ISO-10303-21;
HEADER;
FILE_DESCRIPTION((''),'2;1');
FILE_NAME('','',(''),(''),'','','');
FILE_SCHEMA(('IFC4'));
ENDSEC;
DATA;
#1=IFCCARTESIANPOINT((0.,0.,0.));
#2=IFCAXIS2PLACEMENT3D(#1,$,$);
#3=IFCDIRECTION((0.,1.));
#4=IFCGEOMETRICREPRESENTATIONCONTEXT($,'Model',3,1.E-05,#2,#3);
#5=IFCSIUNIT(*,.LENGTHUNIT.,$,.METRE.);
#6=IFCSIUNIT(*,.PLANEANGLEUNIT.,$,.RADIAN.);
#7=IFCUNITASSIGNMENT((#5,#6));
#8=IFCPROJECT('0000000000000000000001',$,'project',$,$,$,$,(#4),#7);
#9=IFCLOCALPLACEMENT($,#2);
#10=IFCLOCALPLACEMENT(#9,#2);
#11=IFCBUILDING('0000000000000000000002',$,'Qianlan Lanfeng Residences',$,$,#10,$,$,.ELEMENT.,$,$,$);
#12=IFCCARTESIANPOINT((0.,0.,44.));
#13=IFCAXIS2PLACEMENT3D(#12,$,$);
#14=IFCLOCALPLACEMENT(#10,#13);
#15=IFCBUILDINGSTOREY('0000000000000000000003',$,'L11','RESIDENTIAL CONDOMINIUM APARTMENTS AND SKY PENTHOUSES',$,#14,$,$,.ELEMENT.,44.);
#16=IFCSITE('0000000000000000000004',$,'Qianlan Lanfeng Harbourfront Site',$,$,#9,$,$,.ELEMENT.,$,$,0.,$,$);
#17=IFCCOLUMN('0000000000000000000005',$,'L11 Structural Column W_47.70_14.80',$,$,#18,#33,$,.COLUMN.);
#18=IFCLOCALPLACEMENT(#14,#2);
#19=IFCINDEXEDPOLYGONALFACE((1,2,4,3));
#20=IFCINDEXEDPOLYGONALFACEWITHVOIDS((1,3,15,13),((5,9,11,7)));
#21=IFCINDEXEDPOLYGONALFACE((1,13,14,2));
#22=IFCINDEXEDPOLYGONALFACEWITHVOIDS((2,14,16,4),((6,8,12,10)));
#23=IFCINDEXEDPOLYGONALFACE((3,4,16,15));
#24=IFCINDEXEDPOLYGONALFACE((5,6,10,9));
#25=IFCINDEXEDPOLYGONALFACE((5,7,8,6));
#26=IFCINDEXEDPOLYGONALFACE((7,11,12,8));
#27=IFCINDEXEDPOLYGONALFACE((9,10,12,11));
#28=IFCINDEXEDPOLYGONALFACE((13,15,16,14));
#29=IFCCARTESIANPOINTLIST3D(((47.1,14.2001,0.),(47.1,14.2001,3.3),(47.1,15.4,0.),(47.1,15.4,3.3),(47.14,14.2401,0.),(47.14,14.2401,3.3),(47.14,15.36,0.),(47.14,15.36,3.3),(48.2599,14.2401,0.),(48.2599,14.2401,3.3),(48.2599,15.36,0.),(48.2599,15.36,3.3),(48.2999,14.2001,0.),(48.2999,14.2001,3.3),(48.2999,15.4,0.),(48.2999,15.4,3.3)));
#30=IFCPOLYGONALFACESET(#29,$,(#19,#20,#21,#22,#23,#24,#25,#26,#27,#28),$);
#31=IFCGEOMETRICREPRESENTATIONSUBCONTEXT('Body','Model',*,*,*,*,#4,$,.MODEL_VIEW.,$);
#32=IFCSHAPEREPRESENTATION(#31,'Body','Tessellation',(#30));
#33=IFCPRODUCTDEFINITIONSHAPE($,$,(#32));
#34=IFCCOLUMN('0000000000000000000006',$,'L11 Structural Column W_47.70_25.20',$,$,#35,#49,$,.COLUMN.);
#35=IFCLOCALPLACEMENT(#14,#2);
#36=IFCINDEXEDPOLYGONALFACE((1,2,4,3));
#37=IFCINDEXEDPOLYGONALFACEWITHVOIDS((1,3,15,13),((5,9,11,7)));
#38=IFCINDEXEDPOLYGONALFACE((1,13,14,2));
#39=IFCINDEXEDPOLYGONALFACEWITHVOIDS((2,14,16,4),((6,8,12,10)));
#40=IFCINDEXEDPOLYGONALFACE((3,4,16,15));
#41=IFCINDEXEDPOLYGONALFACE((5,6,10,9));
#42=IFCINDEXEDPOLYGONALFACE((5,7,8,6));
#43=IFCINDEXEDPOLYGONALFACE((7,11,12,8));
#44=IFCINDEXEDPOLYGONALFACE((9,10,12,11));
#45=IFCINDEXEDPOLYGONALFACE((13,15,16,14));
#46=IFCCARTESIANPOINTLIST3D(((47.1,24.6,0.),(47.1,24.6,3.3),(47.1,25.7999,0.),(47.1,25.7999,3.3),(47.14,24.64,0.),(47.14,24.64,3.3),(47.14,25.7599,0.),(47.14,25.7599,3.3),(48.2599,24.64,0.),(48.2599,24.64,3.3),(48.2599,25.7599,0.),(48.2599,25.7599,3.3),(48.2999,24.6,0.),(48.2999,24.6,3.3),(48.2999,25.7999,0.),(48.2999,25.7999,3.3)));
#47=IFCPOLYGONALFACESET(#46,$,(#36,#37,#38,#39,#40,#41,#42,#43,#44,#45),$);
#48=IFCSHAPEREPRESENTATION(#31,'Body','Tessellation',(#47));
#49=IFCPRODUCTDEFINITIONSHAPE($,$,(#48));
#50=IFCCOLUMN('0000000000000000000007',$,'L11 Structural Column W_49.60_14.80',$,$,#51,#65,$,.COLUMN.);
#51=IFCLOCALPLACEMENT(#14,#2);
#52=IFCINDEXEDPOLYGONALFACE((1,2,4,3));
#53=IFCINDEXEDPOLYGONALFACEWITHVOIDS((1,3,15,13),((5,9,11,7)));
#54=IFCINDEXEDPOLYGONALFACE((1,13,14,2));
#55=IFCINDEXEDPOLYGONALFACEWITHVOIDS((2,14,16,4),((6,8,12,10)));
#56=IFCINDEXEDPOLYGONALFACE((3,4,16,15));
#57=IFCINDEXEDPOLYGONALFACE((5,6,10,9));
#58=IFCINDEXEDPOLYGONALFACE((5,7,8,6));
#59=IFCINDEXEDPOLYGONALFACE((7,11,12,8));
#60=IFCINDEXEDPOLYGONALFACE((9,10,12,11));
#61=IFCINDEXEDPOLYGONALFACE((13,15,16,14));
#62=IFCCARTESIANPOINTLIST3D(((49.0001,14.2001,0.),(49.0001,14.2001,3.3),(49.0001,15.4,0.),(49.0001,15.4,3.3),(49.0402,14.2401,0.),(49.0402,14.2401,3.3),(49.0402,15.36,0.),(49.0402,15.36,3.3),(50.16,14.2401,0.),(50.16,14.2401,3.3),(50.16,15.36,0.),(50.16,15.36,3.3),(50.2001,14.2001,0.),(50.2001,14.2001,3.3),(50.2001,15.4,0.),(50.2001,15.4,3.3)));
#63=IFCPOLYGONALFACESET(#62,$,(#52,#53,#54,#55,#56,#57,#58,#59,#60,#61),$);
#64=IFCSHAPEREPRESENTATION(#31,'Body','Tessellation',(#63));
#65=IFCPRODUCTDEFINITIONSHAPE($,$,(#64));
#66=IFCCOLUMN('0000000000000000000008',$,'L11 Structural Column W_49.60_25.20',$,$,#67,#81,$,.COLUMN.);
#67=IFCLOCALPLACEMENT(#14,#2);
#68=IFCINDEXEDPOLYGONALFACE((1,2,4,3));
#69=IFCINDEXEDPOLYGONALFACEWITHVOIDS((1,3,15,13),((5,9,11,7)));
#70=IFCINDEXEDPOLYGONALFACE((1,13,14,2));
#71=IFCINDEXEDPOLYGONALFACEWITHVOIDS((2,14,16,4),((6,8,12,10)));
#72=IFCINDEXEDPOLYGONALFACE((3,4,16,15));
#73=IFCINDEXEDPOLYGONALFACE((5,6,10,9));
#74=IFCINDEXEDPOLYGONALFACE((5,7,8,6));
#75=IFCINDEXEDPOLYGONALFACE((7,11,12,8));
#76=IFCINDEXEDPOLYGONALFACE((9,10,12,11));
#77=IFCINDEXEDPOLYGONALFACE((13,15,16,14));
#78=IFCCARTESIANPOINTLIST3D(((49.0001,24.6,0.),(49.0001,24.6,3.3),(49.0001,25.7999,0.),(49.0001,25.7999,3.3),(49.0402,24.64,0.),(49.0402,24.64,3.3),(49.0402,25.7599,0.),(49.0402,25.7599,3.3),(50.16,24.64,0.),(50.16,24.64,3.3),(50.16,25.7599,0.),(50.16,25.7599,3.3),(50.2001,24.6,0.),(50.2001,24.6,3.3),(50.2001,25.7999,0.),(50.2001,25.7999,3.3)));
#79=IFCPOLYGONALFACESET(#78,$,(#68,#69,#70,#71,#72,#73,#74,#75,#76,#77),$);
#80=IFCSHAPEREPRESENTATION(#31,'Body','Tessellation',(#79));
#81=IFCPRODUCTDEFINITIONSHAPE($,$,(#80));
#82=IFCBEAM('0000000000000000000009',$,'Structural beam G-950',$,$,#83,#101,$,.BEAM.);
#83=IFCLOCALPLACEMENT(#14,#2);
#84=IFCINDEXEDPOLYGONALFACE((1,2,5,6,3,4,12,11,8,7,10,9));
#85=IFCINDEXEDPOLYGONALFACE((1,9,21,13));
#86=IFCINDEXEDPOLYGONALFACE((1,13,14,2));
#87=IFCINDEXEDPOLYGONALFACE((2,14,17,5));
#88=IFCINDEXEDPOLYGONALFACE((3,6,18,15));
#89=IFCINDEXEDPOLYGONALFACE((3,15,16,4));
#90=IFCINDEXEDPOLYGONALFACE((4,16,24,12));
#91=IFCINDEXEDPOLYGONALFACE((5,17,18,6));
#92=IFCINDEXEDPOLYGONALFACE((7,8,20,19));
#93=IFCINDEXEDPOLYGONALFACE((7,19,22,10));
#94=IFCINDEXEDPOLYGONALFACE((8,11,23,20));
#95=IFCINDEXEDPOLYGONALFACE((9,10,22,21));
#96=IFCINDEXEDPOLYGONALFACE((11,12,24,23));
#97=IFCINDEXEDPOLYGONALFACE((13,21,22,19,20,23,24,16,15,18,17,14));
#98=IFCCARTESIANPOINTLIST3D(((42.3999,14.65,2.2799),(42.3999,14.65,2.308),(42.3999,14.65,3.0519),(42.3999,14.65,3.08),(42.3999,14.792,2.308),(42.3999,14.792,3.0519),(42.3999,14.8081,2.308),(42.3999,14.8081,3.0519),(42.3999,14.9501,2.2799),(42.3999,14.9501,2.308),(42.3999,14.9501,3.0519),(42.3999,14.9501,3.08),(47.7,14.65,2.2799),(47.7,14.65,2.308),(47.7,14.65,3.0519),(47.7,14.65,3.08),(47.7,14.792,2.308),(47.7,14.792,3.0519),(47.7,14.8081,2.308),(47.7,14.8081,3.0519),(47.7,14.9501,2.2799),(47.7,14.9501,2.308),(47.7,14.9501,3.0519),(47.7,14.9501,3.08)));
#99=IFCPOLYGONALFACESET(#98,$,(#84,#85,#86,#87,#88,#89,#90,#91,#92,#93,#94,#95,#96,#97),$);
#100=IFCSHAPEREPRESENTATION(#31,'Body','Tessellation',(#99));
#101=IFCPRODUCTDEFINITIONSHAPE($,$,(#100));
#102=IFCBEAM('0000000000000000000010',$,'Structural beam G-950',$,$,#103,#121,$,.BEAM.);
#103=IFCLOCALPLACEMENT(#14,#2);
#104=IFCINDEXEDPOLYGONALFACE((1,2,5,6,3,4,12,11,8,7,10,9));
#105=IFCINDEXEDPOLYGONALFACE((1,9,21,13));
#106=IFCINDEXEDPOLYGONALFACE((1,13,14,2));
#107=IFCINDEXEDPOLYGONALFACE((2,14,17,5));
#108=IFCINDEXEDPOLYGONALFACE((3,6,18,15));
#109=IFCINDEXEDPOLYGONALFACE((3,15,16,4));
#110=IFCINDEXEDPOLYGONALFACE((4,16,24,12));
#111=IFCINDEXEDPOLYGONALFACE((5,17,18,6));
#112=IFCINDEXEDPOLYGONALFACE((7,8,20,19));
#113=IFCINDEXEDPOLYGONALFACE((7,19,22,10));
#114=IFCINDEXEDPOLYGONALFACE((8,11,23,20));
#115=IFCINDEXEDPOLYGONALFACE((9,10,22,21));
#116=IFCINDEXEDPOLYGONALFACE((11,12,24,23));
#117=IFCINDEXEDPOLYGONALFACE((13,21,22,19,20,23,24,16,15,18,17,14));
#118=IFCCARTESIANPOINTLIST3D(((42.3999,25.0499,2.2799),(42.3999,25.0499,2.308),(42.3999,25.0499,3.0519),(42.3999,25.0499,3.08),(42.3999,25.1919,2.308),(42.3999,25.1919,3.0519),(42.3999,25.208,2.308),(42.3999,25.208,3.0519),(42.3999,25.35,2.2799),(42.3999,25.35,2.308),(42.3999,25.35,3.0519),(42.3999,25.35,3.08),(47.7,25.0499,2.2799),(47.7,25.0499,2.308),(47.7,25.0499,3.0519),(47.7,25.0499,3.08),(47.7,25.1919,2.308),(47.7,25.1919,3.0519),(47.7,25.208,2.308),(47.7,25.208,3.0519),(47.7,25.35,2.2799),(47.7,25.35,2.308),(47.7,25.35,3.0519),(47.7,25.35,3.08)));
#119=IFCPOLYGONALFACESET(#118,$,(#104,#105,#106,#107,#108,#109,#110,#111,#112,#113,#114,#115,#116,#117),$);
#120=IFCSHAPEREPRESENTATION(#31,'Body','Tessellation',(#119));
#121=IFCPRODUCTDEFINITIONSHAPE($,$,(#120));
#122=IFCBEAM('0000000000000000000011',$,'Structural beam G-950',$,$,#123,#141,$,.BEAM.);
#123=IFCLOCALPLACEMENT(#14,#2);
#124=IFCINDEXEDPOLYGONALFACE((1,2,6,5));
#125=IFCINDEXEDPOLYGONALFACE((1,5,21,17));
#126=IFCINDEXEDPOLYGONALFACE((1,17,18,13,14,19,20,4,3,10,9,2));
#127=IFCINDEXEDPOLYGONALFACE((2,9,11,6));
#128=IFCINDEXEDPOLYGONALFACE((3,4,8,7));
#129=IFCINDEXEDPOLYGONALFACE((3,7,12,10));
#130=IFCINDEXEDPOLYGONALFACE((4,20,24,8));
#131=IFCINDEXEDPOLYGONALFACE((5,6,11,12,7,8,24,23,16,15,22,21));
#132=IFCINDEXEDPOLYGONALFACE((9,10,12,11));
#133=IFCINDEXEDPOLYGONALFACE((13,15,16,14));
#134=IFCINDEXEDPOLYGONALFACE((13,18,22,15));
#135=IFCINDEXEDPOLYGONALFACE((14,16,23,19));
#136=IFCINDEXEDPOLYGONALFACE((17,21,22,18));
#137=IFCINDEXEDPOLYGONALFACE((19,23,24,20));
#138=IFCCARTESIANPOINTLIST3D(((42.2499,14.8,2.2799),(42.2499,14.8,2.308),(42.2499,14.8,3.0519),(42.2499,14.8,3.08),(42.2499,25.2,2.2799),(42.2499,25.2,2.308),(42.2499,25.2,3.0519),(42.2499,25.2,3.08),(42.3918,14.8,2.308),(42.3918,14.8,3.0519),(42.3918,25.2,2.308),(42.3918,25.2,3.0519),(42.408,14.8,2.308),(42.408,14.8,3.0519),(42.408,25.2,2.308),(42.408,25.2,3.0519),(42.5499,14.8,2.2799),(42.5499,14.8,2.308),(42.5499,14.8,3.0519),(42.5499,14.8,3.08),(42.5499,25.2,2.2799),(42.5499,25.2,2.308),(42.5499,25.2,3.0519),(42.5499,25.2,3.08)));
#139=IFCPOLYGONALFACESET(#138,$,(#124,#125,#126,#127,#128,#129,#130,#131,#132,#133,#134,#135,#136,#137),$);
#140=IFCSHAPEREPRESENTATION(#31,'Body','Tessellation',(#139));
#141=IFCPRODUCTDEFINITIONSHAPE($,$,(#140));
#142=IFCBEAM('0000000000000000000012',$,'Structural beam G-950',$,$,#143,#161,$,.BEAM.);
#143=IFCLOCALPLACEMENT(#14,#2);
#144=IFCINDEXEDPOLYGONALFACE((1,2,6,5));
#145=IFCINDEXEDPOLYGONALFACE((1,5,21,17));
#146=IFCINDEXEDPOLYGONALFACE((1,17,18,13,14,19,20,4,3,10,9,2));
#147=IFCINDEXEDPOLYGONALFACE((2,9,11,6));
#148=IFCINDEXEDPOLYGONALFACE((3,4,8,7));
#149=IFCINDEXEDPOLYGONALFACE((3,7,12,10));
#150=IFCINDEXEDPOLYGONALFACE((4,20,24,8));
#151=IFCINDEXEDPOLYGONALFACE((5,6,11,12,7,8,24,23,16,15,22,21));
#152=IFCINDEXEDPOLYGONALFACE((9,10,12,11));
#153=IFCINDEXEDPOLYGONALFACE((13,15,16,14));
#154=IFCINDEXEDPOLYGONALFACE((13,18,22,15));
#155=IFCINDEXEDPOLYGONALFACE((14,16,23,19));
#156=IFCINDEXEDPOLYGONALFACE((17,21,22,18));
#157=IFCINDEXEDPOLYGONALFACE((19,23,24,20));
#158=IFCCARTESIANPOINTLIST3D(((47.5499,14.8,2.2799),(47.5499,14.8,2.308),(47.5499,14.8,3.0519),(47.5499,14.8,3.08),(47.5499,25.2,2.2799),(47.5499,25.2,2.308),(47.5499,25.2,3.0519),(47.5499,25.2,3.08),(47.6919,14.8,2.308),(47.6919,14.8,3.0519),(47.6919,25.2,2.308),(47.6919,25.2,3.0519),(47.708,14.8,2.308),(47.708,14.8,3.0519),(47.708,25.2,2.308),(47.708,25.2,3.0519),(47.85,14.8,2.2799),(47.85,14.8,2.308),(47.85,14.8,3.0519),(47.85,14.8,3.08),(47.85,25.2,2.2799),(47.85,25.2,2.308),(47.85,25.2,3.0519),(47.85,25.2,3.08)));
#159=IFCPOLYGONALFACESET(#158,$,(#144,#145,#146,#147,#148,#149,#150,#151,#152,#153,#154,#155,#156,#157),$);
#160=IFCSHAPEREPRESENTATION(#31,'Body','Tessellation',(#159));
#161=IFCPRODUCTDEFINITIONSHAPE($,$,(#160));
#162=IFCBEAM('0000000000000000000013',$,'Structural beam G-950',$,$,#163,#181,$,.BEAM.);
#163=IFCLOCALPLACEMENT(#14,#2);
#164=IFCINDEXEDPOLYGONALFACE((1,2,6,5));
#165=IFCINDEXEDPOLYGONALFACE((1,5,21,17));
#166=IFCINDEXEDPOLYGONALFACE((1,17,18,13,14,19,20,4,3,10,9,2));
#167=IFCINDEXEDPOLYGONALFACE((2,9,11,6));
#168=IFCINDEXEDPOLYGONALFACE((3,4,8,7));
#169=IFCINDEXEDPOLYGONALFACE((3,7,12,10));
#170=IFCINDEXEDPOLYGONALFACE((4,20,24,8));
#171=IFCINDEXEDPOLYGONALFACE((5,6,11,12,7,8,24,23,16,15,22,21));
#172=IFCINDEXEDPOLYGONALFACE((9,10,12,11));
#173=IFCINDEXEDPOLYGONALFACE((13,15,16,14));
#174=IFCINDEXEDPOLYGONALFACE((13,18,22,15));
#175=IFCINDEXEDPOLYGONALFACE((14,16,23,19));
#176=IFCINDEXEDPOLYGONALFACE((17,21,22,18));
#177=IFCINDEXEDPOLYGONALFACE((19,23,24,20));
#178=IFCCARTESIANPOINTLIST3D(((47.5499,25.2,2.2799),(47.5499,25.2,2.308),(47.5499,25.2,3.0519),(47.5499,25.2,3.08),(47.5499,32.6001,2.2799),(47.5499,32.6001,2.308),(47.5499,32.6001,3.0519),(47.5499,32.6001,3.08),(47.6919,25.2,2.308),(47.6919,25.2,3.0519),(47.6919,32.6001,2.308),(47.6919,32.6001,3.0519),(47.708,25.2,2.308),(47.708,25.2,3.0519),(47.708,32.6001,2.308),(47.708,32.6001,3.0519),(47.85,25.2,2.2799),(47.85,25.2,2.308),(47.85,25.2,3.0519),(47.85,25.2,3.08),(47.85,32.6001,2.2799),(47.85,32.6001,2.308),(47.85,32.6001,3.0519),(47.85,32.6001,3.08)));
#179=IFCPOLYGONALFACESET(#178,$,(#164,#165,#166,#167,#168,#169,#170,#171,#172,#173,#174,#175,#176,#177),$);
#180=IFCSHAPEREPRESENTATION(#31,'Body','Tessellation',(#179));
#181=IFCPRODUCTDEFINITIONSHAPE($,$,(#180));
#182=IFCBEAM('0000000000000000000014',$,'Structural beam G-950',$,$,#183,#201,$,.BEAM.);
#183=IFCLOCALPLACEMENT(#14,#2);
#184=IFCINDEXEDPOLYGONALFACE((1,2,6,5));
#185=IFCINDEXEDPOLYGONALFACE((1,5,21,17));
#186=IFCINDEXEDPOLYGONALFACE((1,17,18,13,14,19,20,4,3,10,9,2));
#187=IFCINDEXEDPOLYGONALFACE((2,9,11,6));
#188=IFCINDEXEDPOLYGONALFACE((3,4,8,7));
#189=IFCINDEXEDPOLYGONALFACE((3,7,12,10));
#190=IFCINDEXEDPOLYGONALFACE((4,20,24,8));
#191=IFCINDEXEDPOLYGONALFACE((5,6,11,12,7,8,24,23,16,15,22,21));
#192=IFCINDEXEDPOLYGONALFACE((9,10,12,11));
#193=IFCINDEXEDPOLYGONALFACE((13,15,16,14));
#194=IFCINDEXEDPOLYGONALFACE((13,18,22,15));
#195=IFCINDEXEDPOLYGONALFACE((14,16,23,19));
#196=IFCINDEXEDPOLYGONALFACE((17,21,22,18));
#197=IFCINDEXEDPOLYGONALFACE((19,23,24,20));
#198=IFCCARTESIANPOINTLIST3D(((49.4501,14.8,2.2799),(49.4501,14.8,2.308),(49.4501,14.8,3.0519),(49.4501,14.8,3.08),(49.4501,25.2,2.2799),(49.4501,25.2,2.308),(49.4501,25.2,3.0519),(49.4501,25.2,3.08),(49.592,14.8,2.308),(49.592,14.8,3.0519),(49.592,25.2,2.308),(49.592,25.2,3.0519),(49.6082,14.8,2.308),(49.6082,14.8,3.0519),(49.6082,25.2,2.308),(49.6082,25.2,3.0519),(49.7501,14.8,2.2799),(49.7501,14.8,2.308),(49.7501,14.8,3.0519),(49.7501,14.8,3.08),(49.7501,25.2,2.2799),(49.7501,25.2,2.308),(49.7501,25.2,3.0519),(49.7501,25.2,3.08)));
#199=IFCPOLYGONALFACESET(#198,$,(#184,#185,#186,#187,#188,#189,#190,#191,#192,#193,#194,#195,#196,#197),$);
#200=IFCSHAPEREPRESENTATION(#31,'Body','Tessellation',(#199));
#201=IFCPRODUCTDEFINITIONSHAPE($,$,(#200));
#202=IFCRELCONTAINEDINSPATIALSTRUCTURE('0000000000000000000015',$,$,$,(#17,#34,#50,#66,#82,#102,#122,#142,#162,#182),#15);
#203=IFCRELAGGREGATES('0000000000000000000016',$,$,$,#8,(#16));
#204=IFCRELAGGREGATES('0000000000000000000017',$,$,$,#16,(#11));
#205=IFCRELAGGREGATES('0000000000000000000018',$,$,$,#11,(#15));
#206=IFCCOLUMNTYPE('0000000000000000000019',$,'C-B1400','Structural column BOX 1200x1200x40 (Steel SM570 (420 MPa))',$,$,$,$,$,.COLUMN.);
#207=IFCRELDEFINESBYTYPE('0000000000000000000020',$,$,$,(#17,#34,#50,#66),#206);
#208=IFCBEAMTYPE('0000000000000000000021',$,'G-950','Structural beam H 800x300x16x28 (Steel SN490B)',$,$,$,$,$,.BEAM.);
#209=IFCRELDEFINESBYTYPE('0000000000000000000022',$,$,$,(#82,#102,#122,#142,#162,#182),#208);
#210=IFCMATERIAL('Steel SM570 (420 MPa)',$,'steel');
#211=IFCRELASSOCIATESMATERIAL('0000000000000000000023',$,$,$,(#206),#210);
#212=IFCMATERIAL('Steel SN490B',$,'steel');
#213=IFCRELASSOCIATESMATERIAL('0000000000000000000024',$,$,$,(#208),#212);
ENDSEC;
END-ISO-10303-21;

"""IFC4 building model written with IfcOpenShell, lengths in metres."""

from ifc_helpers import new_model, si_unit, direction, frame, origin, origin_2d, place, context, subcontext, project, spatial, hollow_rectangle, i_section, extrude, material, material_profile, profile_set, type_object, element, save


model = new_model("IFC4")

# Units and contexts
model_context = context("Model", 3, precision=1e-05, world=origin(), true_north=direction((0.0, 1.0)))
body_context = subcontext(model_context, "Body", "Model", "MODEL_VIEW")
ifc_project = project(units=[si_unit("LENGTHUNIT", "METRE"), si_unit("PLANEANGLEUNIT", "RADIAN")], contexts=[model_context])

# Site, building, storey
site_placement = place(None, origin())
site = spatial("IfcSite", under=ifc_project, at=site_placement, Name="Qianlan Lanfeng Harbourfront Site", CompositionType="ELEMENT", RefElevation=0.0)
building_placement = place(site_placement, origin())
building = spatial("IfcBuilding", under=site, at=building_placement, Name="Qianlan Lanfeng Residences", CompositionType="ELEMENT")
storey_placement = place(building_placement, frame((0.0, 0.0, 44.0)))
storey = spatial("IfcBuildingStorey", under=building, at=storey_placement, Name="L11", Description="RESIDENTIAL CONDOMINIUM APARTMENTS AND SKY PENTHOUSES", CompositionType="ELEMENT", Elevation=44.0)

# Columns
ifc_material_1 = material(Name="Steel SM570 (420 MPa)", Category="steel")
ifc_material_profile_1 = material_profile(ifc_material_1, hollow_rectangle(XDim=1.2, YDim=1.2, WallThickness=0.04, at=origin_2d()), Name="BOX 1200x1200x40")
ifc_profile_set_1 = profile_set([ifc_material_profile_1], Name="Steel SM570 (420 MPa)")
column_type = type_object("IfcColumnType", Name="C-B1400", Description="Structural column BOX 1200x1200x40 (Steel SM570 (420 MPa))", PredefinedType="COLUMN", material=ifc_profile_set_1)
for number, where, z_axis, x_axis, name in (
    (1, (47.7, 14.8, 0.0), (0.0, 0.0, 1.0), (1.0, 0.0, 0.0), "L11 Structural Column W_47.70_14.80"),
    (2, (47.7, 25.2, 0.0), (0.0, 0.0, 1.0), (1.0, 0.0, 0.0), "L11 Structural Column W_47.70_25.20"),
    (3, (49.6001, 14.8, 0.0), (0.0, 0.0, 1.0), (1.0, 0.0, 0.0), "L11 Structural Column W_49.60_14.80"),
    (4, (49.6001, 25.2, 0.0), (0.0, 0.0, 1.0), (1.0, 0.0, 0.0), "L11 Structural Column W_49.60_25.20"),
):
    element("IfcColumn", number, at=place(storey_placement, frame(where, z_axis=z_axis, x_axis=x_axis)), inside=storey, type_object=column_type, Name=name, PredefinedType="COLUMN", context=body_context, shape_type="SweptSolid", body=[
        extrude(hollow_rectangle(XDim=1.2, YDim=1.2, WallThickness=0.04, at=origin_2d()), origin(), (0.0, 0.0, 1.0), 3.3),
    ])

# Beams
ifc_material_2 = material(Name="Steel SN490B", Category="steel")
ifc_material_profile_2 = material_profile(ifc_material_2, i_section(OverallWidth=0.3, OverallDepth=0.8, WebThickness=0.0161, FlangeThickness=0.0281, at=origin_2d()), Name="H 800x300x16x28")
ifc_profile_set_2 = profile_set([ifc_material_profile_2], Name="Steel SN490B")
beam_type_1 = type_object("IfcBeamType", Name="G-950", Description="Structural beam H 800x300x16x28 (Steel SN490B)", PredefinedType="BEAM", material=ifc_profile_set_2)
for number, where, z_axis, x_axis, name in (
    (5, (42.3999, 14.8, 2.6799), (1.0, 0.0, 0.0), (0.0, 1.0, 0.0), "Structural beam G-950"),
    (6, (42.3999, 25.2, 2.6799), (1.0, 0.0, 0.0), (0.0, 1.0, 0.0), "Structural beam G-950"),
):
    element("IfcBeam", number, at=place(storey_placement, frame(where, z_axis=z_axis, x_axis=x_axis)), inside=storey, type_object=beam_type_1, Name=name, PredefinedType="BEAM", context=body_context, shape_type="SweptSolid", body=[
        extrude(i_section(OverallWidth=0.3, OverallDepth=0.8, WebThickness=0.0161, FlangeThickness=0.0281, at=origin_2d()), origin(), (0.0, 0.0, 1.0), 5.3),
    ])
for number, where, z_axis, x_axis, name in (
    (7, (42.3999, 14.8, 2.6799), (0.0, 1.0, 0.0), (-1.0, 0.0, 0.0), "Structural beam G-950"),
    (8, (47.7, 14.8, 2.6799), (0.0, 1.0, 0.0), (-1.0, 0.0, 0.0), "Structural beam G-950"),
):
    element("IfcBeam", number, at=place(storey_placement, frame(where, z_axis=z_axis, x_axis=x_axis)), inside=storey, type_object=beam_type_1, Name=name, PredefinedType="BEAM", context=body_context, shape_type="SweptSolid", body=[
        extrude(i_section(OverallWidth=0.3, OverallDepth=0.8, WebThickness=0.0161, FlangeThickness=0.0281, at=origin_2d()), origin(), (0.0, 0.0, 1.0), 10.3999),
    ])
beam_1_placement = place(storey_placement, frame((47.7, 25.2, 2.6799), z_axis=(0.0, 1.0, 0.0), x_axis=(-1.0, 0.0, 0.0)))
element("IfcBeam", 9, at=beam_1_placement, inside=storey, type_object=beam_type_1, Name="Structural beam G-950", PredefinedType="BEAM", context=body_context, shape_type="SweptSolid", body=[
    extrude(i_section(OverallWidth=0.3, OverallDepth=0.8, WebThickness=0.0161, FlangeThickness=0.0281, at=origin_2d()), origin(), (0.0, 0.0, 1.0), 7.4001),
])
beam_2_placement = place(storey_placement, frame((49.6001, 14.8, 2.6799), z_axis=(0.0, 1.0, 0.0), x_axis=(-1.0, 0.0, 0.0)))
element("IfcBeam", 10, at=beam_2_placement, inside=storey, type_object=beam_type_1, Name="Structural beam G-950", PredefinedType="BEAM", context=body_context, shape_type="SweptSolid", body=[
    extrude(i_section(OverallWidth=0.3, OverallDepth=0.8, WebThickness=0.0161, FlangeThickness=0.0281, at=origin_2d()), origin(), (0.0, 0.0, 1.0), 10.3999),
])

save(model, "model.ifc")
